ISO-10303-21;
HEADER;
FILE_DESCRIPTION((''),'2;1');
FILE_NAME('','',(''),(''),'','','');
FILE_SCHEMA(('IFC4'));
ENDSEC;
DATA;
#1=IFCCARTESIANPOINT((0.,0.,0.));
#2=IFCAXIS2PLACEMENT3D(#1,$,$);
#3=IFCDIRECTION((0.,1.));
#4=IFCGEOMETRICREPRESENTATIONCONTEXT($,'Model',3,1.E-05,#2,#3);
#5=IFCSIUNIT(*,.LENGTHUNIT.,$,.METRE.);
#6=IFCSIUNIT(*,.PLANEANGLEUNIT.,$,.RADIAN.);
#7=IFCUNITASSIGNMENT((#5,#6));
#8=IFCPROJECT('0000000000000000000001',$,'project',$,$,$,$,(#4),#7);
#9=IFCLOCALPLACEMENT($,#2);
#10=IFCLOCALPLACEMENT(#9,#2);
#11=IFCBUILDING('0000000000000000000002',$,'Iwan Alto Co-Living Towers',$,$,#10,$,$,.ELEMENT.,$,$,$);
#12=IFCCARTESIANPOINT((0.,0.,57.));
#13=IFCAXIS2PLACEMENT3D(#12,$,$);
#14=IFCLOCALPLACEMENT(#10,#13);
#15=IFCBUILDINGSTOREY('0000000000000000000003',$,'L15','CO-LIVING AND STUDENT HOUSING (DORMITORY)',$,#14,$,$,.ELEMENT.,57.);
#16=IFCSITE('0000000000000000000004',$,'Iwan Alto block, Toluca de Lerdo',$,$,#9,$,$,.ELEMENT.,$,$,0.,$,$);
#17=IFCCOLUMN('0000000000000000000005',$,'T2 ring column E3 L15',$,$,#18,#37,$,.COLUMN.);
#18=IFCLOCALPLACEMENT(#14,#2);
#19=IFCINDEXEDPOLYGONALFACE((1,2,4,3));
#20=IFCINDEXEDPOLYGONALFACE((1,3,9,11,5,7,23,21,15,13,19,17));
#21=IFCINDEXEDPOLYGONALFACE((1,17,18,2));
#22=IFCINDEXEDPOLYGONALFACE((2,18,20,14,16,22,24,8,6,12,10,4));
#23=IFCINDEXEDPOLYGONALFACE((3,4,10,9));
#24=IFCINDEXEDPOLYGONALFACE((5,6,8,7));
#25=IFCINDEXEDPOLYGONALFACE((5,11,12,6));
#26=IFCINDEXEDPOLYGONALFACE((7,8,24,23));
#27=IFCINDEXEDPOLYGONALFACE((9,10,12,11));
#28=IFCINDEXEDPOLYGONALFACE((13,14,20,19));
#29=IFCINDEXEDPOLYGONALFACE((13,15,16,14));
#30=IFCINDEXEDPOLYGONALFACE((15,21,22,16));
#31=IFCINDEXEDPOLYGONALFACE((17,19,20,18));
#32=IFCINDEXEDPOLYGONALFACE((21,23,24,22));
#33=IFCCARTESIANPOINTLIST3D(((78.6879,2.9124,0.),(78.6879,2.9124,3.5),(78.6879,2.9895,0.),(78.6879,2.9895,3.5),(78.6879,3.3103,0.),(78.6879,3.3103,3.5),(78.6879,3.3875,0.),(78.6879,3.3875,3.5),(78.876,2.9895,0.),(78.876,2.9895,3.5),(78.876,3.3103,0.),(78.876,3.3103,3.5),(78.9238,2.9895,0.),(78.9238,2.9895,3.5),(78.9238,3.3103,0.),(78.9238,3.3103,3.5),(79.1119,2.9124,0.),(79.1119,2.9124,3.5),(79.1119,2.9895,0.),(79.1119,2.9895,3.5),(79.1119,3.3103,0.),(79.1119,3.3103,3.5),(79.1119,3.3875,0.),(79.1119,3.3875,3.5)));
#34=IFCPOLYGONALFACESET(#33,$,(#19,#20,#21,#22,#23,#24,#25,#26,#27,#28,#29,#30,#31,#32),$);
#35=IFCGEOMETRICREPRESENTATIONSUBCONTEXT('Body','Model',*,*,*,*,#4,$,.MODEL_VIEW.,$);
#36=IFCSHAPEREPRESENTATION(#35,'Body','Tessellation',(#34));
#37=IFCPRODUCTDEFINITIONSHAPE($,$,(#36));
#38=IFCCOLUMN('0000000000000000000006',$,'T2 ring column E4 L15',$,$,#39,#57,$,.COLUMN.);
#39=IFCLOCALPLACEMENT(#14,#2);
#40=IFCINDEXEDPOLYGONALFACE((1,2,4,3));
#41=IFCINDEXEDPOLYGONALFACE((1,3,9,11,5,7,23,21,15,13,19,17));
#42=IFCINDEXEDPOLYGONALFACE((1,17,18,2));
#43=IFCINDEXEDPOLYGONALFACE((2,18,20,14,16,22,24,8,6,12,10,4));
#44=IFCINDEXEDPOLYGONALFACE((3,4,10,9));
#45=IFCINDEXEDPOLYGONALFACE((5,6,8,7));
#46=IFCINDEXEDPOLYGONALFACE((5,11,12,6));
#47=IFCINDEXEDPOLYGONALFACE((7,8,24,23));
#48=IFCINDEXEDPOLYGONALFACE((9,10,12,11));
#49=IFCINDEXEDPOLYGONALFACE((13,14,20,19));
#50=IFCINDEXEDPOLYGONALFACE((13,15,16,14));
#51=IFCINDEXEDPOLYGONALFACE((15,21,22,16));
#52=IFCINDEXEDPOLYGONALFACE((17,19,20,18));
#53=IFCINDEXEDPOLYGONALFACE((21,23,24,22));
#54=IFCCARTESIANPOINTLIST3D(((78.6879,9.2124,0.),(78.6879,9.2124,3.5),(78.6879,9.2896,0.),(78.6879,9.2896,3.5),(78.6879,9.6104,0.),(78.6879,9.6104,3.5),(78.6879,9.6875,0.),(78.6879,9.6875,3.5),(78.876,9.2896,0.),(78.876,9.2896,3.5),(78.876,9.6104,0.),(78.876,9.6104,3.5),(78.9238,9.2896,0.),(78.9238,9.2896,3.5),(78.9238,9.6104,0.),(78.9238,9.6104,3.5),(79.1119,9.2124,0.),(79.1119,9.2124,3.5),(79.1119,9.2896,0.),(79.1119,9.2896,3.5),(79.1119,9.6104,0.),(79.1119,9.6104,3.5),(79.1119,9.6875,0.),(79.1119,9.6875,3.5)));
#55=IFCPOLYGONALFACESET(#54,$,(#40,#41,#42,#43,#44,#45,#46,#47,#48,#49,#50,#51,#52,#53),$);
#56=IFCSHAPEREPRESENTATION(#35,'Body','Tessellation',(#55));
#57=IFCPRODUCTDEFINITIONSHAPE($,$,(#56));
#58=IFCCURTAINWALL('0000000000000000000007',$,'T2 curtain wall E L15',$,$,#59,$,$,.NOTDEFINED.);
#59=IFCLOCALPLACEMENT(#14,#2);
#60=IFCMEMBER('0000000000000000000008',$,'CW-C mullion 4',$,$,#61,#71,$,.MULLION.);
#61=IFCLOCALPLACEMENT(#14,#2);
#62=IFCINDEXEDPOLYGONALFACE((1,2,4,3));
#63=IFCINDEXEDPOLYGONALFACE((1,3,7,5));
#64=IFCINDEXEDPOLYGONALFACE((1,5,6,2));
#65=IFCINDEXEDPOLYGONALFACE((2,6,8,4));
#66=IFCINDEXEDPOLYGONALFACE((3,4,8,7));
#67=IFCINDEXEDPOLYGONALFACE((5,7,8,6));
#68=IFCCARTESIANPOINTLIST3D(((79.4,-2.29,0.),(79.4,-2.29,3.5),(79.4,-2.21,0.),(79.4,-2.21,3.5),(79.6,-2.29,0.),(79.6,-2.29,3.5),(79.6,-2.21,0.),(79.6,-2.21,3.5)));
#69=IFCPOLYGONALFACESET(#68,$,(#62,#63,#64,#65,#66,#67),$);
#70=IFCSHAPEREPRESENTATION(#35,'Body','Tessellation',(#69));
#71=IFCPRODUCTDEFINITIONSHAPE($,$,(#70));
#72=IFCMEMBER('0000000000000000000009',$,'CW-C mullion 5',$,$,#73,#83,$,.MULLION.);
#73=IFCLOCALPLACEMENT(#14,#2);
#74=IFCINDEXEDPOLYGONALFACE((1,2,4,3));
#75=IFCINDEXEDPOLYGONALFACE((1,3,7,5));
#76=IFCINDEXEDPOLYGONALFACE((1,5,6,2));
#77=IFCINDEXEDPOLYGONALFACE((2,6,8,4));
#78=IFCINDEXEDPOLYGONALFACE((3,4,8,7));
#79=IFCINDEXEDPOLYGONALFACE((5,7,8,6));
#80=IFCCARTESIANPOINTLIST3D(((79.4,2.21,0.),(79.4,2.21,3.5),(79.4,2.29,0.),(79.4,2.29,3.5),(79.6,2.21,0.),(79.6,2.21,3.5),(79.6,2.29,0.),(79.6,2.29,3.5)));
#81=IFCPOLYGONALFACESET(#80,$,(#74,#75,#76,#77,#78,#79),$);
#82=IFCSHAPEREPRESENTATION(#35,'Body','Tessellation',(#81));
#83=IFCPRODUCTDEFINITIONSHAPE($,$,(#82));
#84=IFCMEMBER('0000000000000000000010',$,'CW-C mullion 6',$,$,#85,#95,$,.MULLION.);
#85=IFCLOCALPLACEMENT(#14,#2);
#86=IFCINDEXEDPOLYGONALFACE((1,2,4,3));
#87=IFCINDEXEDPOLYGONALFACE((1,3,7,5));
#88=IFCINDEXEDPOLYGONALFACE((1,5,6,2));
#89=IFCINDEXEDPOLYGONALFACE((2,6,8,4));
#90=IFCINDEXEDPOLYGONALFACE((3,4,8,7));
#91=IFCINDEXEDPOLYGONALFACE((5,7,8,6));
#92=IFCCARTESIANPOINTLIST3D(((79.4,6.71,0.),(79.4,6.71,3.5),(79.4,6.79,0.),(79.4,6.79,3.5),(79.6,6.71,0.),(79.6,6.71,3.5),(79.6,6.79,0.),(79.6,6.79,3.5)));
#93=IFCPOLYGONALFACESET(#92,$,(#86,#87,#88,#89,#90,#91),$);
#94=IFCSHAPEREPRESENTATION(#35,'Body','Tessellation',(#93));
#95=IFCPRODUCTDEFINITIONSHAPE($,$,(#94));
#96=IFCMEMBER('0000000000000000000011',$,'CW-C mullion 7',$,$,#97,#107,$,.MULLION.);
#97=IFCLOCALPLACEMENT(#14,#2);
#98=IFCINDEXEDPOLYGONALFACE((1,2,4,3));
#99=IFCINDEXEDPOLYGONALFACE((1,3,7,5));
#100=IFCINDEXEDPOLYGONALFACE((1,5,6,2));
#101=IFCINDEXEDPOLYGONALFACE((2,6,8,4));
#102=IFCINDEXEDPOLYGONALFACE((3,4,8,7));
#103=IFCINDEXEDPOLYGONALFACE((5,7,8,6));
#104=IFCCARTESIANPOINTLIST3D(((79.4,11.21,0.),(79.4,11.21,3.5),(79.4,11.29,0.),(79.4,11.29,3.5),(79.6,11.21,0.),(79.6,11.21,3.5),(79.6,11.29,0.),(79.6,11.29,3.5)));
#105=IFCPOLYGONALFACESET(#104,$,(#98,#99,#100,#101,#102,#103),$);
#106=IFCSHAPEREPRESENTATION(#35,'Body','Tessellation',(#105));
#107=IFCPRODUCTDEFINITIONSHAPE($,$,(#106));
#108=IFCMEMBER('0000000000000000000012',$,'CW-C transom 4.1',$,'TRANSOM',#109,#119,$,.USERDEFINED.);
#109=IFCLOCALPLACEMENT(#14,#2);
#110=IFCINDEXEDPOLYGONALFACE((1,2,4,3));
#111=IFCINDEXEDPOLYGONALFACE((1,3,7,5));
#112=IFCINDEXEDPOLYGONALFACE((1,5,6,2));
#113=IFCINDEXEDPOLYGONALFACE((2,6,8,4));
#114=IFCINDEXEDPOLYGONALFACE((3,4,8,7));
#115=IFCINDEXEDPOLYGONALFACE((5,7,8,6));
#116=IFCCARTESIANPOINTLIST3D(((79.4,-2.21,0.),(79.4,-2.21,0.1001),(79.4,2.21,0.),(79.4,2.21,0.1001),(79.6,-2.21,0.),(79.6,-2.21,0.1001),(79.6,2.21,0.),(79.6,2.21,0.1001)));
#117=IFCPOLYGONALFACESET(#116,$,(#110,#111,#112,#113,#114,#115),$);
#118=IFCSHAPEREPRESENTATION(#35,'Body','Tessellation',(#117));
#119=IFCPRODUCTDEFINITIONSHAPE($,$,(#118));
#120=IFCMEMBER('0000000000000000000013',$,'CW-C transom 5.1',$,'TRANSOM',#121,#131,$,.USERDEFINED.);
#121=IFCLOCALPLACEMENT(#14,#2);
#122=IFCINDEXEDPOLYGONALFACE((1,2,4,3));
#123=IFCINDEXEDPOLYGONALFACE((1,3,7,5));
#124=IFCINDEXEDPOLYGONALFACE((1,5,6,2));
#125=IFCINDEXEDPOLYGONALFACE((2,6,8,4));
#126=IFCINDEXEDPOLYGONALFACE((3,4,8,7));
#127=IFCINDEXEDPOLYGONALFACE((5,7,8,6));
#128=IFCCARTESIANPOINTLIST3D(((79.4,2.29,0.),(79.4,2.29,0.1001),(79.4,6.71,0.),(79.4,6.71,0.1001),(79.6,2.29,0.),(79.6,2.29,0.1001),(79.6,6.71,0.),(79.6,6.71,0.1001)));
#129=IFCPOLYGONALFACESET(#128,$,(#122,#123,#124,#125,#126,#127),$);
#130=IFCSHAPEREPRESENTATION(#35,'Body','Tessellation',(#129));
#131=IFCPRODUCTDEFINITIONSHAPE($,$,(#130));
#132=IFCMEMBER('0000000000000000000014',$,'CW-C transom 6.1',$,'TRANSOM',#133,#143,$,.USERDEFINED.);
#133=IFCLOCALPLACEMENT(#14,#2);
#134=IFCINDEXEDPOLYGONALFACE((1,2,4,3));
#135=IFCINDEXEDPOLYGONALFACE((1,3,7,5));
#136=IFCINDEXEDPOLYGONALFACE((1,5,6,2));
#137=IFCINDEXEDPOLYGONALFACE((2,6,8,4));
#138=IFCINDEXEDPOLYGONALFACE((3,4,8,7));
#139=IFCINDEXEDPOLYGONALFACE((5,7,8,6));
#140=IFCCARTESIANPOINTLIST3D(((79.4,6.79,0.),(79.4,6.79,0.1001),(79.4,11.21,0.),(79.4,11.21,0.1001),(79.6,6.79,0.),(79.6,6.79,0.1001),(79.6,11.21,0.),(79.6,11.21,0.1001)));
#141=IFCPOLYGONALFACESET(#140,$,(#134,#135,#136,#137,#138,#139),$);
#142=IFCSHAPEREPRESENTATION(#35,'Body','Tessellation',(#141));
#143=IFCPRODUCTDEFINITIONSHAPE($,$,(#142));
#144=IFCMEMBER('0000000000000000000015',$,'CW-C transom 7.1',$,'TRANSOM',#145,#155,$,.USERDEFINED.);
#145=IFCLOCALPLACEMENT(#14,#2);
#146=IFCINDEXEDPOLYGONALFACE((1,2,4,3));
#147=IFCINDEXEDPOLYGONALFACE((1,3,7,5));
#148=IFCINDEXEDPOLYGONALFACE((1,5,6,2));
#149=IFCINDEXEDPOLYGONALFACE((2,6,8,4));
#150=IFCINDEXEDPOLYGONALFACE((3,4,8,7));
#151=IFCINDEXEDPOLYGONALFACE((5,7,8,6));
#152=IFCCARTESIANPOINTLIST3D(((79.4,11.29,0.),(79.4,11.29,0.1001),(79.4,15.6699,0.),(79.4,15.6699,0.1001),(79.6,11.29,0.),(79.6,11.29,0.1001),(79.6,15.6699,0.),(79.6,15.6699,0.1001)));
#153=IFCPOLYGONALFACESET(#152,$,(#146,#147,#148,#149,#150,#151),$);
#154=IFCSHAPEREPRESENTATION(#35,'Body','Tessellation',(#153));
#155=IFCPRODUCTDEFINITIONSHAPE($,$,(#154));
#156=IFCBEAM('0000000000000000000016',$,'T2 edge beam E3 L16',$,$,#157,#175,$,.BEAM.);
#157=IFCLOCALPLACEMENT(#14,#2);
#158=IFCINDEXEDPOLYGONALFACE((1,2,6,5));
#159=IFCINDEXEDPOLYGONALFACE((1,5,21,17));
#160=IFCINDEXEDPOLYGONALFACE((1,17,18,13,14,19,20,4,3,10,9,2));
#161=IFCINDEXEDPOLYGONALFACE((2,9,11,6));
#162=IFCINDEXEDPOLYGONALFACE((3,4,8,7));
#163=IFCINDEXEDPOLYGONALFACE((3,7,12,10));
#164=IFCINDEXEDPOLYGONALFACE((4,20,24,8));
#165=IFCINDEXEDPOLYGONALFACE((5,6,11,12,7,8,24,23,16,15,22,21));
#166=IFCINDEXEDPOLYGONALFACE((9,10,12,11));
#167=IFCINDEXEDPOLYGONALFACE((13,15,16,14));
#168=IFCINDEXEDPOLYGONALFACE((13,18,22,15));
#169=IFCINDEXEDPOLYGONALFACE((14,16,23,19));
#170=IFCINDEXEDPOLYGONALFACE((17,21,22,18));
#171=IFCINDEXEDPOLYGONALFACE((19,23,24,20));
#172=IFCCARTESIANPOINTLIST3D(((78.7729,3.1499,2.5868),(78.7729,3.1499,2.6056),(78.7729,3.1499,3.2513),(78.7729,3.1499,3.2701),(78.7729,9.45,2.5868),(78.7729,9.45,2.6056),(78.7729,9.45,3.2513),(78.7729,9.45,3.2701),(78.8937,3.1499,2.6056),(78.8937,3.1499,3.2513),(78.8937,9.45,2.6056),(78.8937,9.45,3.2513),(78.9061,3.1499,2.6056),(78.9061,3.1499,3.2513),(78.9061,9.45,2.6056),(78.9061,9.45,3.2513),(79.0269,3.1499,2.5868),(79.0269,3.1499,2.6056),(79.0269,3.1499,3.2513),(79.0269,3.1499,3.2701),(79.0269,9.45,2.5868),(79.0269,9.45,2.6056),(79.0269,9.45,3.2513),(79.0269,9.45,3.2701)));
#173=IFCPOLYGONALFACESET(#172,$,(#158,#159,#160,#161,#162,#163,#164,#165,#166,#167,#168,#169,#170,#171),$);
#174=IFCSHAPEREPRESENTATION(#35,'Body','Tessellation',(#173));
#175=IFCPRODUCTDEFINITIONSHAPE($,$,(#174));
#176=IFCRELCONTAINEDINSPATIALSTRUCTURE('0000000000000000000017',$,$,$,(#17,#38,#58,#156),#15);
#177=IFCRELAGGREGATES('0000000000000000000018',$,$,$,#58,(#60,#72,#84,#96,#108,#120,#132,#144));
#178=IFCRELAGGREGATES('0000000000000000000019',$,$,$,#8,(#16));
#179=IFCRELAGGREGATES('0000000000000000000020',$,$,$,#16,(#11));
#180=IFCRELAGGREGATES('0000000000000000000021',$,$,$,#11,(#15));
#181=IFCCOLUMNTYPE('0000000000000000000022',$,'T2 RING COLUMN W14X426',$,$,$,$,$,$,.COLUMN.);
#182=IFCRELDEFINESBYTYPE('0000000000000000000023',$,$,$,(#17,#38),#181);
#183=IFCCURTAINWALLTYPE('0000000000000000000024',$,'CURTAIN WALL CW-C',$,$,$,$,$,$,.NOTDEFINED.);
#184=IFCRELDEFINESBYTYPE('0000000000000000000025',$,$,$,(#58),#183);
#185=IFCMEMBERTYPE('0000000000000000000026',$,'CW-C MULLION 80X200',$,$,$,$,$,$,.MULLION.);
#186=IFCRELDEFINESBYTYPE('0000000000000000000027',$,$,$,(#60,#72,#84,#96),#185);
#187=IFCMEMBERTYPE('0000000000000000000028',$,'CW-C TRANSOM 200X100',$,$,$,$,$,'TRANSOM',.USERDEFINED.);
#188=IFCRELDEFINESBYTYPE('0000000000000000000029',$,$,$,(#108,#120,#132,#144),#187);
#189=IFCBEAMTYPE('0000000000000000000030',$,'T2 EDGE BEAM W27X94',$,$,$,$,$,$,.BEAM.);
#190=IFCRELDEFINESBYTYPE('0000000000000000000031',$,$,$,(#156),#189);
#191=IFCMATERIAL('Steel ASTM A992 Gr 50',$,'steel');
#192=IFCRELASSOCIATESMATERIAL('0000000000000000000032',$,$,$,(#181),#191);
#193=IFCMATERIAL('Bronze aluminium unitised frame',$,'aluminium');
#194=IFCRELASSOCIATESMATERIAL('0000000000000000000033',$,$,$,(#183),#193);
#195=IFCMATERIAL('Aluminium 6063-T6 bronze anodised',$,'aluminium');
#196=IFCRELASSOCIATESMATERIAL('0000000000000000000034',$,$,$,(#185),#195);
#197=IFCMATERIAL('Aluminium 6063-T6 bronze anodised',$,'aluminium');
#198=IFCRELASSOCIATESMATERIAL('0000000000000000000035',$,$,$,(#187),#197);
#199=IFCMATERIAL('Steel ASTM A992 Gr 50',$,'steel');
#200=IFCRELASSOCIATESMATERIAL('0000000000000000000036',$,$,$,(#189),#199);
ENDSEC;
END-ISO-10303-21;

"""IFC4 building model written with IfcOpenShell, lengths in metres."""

from ifc_helpers import new_model, si_unit, direction, frame, origin, origin_2d, place, context, subcontext, project, spatial, rectangle, i_section, extrude, material, material_profile, profile_set, type_object, element, aggregate, save


model = new_model("IFC4")

# Units and contexts
model_context = context("Model", 3, precision=1e-05, world=origin(), true_north=direction((0.0, 1.0)))
body_context = subcontext(model_context, "Body", "Model", "MODEL_VIEW")
ifc_project = project(units=[si_unit("LENGTHUNIT", "METRE"), si_unit("PLANEANGLEUNIT", "RADIAN")], contexts=[model_context])

# Site, building, storey
site_placement = place(None, origin())
site = spatial("IfcSite", under=ifc_project, at=site_placement, Name="Iwan Alto block, Toluca de Lerdo", CompositionType="ELEMENT", RefElevation=0.0)
building_placement = place(site_placement, origin())
building = spatial("IfcBuilding", under=site, at=building_placement, Name="Iwan Alto Co-Living Towers", CompositionType="ELEMENT")
storey_placement = place(building_placement, frame((0.0, 0.0, 57.0)))
storey = spatial("IfcBuildingStorey", under=building, at=storey_placement, Name="L15", Description="CO-LIVING AND STUDENT HOUSING (DORMITORY)", CompositionType="ELEMENT", Elevation=57.0)

# Columns
ifc_material_1 = material(Name="Steel ASTM A992 Gr 50", Category="steel")
ifc_material_profile_1 = material_profile(ifc_material_1, i_section(OverallWidth=0.4241, OverallDepth=0.4751, WebThickness=0.0479, FlangeThickness=0.0771, at=origin_2d()), Name="W14X426")
ifc_profile_set_1 = profile_set([ifc_material_profile_1], Name="Steel ASTM A992 Gr 50")
column_type = type_object("IfcColumnType", Name="T2 RING COLUMN W14X426", PredefinedType="COLUMN", material=ifc_profile_set_1)
for number, where, z_axis, x_axis, name in (
    (1, (78.8999, 3.1499, 0.0), (0.0, 0.0, 1.0), (1.0, 0.0, 0.0), "T2 ring column E3 L15"),
    (2, (78.8999, 9.45, 0.0), (0.0, 0.0, 1.0), (1.0, 0.0, 0.0), "T2 ring column E4 L15"),
):
    element("IfcColumn", number, at=place(storey_placement, frame(where, z_axis=z_axis, x_axis=x_axis)), inside=storey, type_object=column_type, Name=name, PredefinedType="COLUMN", context=body_context, shape_type="SweptSolid", body=[
        extrude(i_section(OverallWidth=0.4241, OverallDepth=0.4751, WebThickness=0.0479, FlangeThickness=0.0771, at=origin_2d()), origin(), (0.0, 0.0, 1.0), 3.5),
    ])

# Curtain wall, members
ifc_material_2 = material(Name="Bronze aluminium unitised frame", Category="aluminium")
curtain_wall_type = type_object("IfcCurtainWallType", Name="CURTAIN WALL CW-C", PredefinedType="NOTDEFINED", material=ifc_material_2)
curtain_wall_placement = place(storey_placement, origin())
curtain_wall = element("IfcCurtainWall", 3, at=curtain_wall_placement, inside=storey, type_object=curtain_wall_type, Name="T2 curtain wall E L15", PredefinedType="NOTDEFINED")
ifc_material_3 = material(Name="Aluminium 6063-T6 bronze anodised", Category="aluminium")
ifc_material_profile_2 = material_profile(ifc_material_3, rectangle(XDim=0.2, YDim=0.0801, at=origin_2d()), Name="AL 80X200")
ifc_profile_set_2 = profile_set([ifc_material_profile_2], Name="Aluminium 6063-T6 bronze anodised")
member_type_1 = type_object("IfcMemberType", Name="CW-C MULLION 80X200", PredefinedType="MULLION", material=ifc_profile_set_2)
member_1_placement = place(storey_placement, frame((79.5, -2.25, 0.0), z_axis=(0.0, 0.0, 1.0), x_axis=(-1.0, 0.0, 0.0)))
member_1 = element("IfcMember", 4, at=member_1_placement, type_object=member_type_1, Name="CW-C mullion 4", PredefinedType="MULLION", context=body_context, shape_type="SweptSolid", body=[
    extrude(rectangle(XDim=0.2, YDim=0.0801, at=origin_2d()), origin(), (0.0, 0.0, 1.0), 3.5),
])
member_2_placement = place(storey_placement, frame((79.5, 2.25, 0.0), z_axis=(0.0, 0.0, 1.0), x_axis=(-1.0, 0.0, 0.0)))
member_2 = element("IfcMember", 5, at=member_2_placement, type_object=member_type_1, Name="CW-C mullion 5", PredefinedType="MULLION", context=body_context, shape_type="SweptSolid", body=[
    extrude(rectangle(XDim=0.2, YDim=0.0801, at=origin_2d()), origin(), (0.0, 0.0, 1.0), 3.5),
])
member_3_placement = place(storey_placement, frame((79.5, 6.75, 0.0), z_axis=(0.0, 0.0, 1.0), x_axis=(-1.0, 0.0, 0.0)))
member_3 = element("IfcMember", 6, at=member_3_placement, type_object=member_type_1, Name="CW-C mullion 6", PredefinedType="MULLION", context=body_context, shape_type="SweptSolid", body=[
    extrude(rectangle(XDim=0.2, YDim=0.0801, at=origin_2d()), origin(), (0.0, 0.0, 1.0), 3.5),
])
member_4_placement = place(storey_placement, frame((79.5, 11.25, 0.0), z_axis=(0.0, 0.0, 1.0), x_axis=(-1.0, 0.0, 0.0)))
member_4 = element("IfcMember", 7, at=member_4_placement, type_object=member_type_1, Name="CW-C mullion 7", PredefinedType="MULLION", context=body_context, shape_type="SweptSolid", body=[
    extrude(rectangle(XDim=0.2, YDim=0.0801, at=origin_2d()), origin(), (0.0, 0.0, 1.0), 3.5),
])
ifc_material_4 = material(Name="Aluminium 6063-T6 bronze anodised", Category="aluminium")
ifc_material_profile_3 = material_profile(ifc_material_4, rectangle(XDim=0.2, YDim=0.1001, at=origin_2d()), Name="AL 200X100")
ifc_profile_set_3 = profile_set([ifc_material_profile_3], Name="Aluminium 6063-T6 bronze anodised")
member_type_2 = type_object("IfcMemberType", Name="CW-C TRANSOM 200X100", ElementType="TRANSOM", PredefinedType="USERDEFINED", material=ifc_profile_set_3)
member_5_placement = place(storey_placement, frame((79.5, -2.21, 0.05), z_axis=(0.0, 1.0, 0.0), x_axis=(-1.0, 0.0, 0.0)))
member_5 = element("IfcMember", 8, at=member_5_placement, type_object=member_type_2, Name="CW-C transom 4.1", ObjectType="TRANSOM", PredefinedType="USERDEFINED", context=body_context, shape_type="SweptSolid", body=[
    extrude(rectangle(XDim=0.2, YDim=0.1001, at=origin_2d()), origin(), (0.0, 0.0, 1.0), 4.4199),
])
member_6_placement = place(storey_placement, frame((79.5, 2.29, 0.05), z_axis=(0.0, 1.0, 0.0), x_axis=(-1.0, 0.0, 0.0)))
member_6 = element("IfcMember", 9, at=member_6_placement, type_object=member_type_2, Name="CW-C transom 5.1", ObjectType="TRANSOM", PredefinedType="USERDEFINED", context=body_context, shape_type="SweptSolid", body=[
    extrude(rectangle(XDim=0.2, YDim=0.1001, at=origin_2d()), origin(), (0.0, 0.0, 1.0), 4.4199),
])
member_7_placement = place(storey_placement, frame((79.5, 6.79, 0.05), z_axis=(0.0, 1.0, 0.0), x_axis=(-1.0, 0.0, 0.0)))
member_7 = element("IfcMember", 10, at=member_7_placement, type_object=member_type_2, Name="CW-C transom 6.1", ObjectType="TRANSOM", PredefinedType="USERDEFINED", context=body_context, shape_type="SweptSolid", body=[
    extrude(rectangle(XDim=0.2, YDim=0.1001, at=origin_2d()), origin(), (0.0, 0.0, 1.0), 4.4199),
])
member_8_placement = place(storey_placement, frame((79.5, 11.29, 0.05), z_axis=(0.0, 1.0, 0.0), x_axis=(-1.0, 0.0, 0.0)))
member_8 = element("IfcMember", 11, at=member_8_placement, type_object=member_type_2, Name="CW-C transom 7.1", ObjectType="TRANSOM", PredefinedType="USERDEFINED", context=body_context, shape_type="SweptSolid", body=[
    extrude(rectangle(XDim=0.2, YDim=0.1001, at=origin_2d()), origin(), (0.0, 0.0, 1.0), 4.3799),
])

# Beam
ifc_material_5 = material(Name="Steel ASTM A992 Gr 50", Category="steel")
ifc_material_profile_4 = material_profile(ifc_material_5, i_section(OverallWidth=0.2539, OverallDepth=0.6833, WebThickness=0.0125, FlangeThickness=0.0188, at=origin_2d()), Name="W27X94")
ifc_profile_set_4 = profile_set([ifc_material_profile_4], Name="Steel ASTM A992 Gr 50")
beam_type_1 = type_object("IfcBeamType", Name="T2 EDGE BEAM W27X94", PredefinedType="BEAM", material=ifc_profile_set_4)
beam_1_placement = place(storey_placement, frame((78.8999, 3.1499, 2.9285), z_axis=(0.0, 1.0, 0.0), x_axis=(-1.0, 0.0, 0.0)))
element("IfcBeam", 12, at=beam_1_placement, inside=storey, type_object=beam_type_1, Name="T2 edge beam E3 L16", PredefinedType="BEAM", context=body_context, shape_type="SweptSolid", body=[
    extrude(i_section(OverallWidth=0.2539, OverallDepth=0.6833, WebThickness=0.0125, FlangeThickness=0.0188, at=origin_2d()), origin(), (0.0, 0.0, 1.0), 6.3),
])

aggregate(curtain_wall, [member_1, member_2, member_3, member_4, member_5, member_6, member_7, member_8])

save(model, "model.ifc")
